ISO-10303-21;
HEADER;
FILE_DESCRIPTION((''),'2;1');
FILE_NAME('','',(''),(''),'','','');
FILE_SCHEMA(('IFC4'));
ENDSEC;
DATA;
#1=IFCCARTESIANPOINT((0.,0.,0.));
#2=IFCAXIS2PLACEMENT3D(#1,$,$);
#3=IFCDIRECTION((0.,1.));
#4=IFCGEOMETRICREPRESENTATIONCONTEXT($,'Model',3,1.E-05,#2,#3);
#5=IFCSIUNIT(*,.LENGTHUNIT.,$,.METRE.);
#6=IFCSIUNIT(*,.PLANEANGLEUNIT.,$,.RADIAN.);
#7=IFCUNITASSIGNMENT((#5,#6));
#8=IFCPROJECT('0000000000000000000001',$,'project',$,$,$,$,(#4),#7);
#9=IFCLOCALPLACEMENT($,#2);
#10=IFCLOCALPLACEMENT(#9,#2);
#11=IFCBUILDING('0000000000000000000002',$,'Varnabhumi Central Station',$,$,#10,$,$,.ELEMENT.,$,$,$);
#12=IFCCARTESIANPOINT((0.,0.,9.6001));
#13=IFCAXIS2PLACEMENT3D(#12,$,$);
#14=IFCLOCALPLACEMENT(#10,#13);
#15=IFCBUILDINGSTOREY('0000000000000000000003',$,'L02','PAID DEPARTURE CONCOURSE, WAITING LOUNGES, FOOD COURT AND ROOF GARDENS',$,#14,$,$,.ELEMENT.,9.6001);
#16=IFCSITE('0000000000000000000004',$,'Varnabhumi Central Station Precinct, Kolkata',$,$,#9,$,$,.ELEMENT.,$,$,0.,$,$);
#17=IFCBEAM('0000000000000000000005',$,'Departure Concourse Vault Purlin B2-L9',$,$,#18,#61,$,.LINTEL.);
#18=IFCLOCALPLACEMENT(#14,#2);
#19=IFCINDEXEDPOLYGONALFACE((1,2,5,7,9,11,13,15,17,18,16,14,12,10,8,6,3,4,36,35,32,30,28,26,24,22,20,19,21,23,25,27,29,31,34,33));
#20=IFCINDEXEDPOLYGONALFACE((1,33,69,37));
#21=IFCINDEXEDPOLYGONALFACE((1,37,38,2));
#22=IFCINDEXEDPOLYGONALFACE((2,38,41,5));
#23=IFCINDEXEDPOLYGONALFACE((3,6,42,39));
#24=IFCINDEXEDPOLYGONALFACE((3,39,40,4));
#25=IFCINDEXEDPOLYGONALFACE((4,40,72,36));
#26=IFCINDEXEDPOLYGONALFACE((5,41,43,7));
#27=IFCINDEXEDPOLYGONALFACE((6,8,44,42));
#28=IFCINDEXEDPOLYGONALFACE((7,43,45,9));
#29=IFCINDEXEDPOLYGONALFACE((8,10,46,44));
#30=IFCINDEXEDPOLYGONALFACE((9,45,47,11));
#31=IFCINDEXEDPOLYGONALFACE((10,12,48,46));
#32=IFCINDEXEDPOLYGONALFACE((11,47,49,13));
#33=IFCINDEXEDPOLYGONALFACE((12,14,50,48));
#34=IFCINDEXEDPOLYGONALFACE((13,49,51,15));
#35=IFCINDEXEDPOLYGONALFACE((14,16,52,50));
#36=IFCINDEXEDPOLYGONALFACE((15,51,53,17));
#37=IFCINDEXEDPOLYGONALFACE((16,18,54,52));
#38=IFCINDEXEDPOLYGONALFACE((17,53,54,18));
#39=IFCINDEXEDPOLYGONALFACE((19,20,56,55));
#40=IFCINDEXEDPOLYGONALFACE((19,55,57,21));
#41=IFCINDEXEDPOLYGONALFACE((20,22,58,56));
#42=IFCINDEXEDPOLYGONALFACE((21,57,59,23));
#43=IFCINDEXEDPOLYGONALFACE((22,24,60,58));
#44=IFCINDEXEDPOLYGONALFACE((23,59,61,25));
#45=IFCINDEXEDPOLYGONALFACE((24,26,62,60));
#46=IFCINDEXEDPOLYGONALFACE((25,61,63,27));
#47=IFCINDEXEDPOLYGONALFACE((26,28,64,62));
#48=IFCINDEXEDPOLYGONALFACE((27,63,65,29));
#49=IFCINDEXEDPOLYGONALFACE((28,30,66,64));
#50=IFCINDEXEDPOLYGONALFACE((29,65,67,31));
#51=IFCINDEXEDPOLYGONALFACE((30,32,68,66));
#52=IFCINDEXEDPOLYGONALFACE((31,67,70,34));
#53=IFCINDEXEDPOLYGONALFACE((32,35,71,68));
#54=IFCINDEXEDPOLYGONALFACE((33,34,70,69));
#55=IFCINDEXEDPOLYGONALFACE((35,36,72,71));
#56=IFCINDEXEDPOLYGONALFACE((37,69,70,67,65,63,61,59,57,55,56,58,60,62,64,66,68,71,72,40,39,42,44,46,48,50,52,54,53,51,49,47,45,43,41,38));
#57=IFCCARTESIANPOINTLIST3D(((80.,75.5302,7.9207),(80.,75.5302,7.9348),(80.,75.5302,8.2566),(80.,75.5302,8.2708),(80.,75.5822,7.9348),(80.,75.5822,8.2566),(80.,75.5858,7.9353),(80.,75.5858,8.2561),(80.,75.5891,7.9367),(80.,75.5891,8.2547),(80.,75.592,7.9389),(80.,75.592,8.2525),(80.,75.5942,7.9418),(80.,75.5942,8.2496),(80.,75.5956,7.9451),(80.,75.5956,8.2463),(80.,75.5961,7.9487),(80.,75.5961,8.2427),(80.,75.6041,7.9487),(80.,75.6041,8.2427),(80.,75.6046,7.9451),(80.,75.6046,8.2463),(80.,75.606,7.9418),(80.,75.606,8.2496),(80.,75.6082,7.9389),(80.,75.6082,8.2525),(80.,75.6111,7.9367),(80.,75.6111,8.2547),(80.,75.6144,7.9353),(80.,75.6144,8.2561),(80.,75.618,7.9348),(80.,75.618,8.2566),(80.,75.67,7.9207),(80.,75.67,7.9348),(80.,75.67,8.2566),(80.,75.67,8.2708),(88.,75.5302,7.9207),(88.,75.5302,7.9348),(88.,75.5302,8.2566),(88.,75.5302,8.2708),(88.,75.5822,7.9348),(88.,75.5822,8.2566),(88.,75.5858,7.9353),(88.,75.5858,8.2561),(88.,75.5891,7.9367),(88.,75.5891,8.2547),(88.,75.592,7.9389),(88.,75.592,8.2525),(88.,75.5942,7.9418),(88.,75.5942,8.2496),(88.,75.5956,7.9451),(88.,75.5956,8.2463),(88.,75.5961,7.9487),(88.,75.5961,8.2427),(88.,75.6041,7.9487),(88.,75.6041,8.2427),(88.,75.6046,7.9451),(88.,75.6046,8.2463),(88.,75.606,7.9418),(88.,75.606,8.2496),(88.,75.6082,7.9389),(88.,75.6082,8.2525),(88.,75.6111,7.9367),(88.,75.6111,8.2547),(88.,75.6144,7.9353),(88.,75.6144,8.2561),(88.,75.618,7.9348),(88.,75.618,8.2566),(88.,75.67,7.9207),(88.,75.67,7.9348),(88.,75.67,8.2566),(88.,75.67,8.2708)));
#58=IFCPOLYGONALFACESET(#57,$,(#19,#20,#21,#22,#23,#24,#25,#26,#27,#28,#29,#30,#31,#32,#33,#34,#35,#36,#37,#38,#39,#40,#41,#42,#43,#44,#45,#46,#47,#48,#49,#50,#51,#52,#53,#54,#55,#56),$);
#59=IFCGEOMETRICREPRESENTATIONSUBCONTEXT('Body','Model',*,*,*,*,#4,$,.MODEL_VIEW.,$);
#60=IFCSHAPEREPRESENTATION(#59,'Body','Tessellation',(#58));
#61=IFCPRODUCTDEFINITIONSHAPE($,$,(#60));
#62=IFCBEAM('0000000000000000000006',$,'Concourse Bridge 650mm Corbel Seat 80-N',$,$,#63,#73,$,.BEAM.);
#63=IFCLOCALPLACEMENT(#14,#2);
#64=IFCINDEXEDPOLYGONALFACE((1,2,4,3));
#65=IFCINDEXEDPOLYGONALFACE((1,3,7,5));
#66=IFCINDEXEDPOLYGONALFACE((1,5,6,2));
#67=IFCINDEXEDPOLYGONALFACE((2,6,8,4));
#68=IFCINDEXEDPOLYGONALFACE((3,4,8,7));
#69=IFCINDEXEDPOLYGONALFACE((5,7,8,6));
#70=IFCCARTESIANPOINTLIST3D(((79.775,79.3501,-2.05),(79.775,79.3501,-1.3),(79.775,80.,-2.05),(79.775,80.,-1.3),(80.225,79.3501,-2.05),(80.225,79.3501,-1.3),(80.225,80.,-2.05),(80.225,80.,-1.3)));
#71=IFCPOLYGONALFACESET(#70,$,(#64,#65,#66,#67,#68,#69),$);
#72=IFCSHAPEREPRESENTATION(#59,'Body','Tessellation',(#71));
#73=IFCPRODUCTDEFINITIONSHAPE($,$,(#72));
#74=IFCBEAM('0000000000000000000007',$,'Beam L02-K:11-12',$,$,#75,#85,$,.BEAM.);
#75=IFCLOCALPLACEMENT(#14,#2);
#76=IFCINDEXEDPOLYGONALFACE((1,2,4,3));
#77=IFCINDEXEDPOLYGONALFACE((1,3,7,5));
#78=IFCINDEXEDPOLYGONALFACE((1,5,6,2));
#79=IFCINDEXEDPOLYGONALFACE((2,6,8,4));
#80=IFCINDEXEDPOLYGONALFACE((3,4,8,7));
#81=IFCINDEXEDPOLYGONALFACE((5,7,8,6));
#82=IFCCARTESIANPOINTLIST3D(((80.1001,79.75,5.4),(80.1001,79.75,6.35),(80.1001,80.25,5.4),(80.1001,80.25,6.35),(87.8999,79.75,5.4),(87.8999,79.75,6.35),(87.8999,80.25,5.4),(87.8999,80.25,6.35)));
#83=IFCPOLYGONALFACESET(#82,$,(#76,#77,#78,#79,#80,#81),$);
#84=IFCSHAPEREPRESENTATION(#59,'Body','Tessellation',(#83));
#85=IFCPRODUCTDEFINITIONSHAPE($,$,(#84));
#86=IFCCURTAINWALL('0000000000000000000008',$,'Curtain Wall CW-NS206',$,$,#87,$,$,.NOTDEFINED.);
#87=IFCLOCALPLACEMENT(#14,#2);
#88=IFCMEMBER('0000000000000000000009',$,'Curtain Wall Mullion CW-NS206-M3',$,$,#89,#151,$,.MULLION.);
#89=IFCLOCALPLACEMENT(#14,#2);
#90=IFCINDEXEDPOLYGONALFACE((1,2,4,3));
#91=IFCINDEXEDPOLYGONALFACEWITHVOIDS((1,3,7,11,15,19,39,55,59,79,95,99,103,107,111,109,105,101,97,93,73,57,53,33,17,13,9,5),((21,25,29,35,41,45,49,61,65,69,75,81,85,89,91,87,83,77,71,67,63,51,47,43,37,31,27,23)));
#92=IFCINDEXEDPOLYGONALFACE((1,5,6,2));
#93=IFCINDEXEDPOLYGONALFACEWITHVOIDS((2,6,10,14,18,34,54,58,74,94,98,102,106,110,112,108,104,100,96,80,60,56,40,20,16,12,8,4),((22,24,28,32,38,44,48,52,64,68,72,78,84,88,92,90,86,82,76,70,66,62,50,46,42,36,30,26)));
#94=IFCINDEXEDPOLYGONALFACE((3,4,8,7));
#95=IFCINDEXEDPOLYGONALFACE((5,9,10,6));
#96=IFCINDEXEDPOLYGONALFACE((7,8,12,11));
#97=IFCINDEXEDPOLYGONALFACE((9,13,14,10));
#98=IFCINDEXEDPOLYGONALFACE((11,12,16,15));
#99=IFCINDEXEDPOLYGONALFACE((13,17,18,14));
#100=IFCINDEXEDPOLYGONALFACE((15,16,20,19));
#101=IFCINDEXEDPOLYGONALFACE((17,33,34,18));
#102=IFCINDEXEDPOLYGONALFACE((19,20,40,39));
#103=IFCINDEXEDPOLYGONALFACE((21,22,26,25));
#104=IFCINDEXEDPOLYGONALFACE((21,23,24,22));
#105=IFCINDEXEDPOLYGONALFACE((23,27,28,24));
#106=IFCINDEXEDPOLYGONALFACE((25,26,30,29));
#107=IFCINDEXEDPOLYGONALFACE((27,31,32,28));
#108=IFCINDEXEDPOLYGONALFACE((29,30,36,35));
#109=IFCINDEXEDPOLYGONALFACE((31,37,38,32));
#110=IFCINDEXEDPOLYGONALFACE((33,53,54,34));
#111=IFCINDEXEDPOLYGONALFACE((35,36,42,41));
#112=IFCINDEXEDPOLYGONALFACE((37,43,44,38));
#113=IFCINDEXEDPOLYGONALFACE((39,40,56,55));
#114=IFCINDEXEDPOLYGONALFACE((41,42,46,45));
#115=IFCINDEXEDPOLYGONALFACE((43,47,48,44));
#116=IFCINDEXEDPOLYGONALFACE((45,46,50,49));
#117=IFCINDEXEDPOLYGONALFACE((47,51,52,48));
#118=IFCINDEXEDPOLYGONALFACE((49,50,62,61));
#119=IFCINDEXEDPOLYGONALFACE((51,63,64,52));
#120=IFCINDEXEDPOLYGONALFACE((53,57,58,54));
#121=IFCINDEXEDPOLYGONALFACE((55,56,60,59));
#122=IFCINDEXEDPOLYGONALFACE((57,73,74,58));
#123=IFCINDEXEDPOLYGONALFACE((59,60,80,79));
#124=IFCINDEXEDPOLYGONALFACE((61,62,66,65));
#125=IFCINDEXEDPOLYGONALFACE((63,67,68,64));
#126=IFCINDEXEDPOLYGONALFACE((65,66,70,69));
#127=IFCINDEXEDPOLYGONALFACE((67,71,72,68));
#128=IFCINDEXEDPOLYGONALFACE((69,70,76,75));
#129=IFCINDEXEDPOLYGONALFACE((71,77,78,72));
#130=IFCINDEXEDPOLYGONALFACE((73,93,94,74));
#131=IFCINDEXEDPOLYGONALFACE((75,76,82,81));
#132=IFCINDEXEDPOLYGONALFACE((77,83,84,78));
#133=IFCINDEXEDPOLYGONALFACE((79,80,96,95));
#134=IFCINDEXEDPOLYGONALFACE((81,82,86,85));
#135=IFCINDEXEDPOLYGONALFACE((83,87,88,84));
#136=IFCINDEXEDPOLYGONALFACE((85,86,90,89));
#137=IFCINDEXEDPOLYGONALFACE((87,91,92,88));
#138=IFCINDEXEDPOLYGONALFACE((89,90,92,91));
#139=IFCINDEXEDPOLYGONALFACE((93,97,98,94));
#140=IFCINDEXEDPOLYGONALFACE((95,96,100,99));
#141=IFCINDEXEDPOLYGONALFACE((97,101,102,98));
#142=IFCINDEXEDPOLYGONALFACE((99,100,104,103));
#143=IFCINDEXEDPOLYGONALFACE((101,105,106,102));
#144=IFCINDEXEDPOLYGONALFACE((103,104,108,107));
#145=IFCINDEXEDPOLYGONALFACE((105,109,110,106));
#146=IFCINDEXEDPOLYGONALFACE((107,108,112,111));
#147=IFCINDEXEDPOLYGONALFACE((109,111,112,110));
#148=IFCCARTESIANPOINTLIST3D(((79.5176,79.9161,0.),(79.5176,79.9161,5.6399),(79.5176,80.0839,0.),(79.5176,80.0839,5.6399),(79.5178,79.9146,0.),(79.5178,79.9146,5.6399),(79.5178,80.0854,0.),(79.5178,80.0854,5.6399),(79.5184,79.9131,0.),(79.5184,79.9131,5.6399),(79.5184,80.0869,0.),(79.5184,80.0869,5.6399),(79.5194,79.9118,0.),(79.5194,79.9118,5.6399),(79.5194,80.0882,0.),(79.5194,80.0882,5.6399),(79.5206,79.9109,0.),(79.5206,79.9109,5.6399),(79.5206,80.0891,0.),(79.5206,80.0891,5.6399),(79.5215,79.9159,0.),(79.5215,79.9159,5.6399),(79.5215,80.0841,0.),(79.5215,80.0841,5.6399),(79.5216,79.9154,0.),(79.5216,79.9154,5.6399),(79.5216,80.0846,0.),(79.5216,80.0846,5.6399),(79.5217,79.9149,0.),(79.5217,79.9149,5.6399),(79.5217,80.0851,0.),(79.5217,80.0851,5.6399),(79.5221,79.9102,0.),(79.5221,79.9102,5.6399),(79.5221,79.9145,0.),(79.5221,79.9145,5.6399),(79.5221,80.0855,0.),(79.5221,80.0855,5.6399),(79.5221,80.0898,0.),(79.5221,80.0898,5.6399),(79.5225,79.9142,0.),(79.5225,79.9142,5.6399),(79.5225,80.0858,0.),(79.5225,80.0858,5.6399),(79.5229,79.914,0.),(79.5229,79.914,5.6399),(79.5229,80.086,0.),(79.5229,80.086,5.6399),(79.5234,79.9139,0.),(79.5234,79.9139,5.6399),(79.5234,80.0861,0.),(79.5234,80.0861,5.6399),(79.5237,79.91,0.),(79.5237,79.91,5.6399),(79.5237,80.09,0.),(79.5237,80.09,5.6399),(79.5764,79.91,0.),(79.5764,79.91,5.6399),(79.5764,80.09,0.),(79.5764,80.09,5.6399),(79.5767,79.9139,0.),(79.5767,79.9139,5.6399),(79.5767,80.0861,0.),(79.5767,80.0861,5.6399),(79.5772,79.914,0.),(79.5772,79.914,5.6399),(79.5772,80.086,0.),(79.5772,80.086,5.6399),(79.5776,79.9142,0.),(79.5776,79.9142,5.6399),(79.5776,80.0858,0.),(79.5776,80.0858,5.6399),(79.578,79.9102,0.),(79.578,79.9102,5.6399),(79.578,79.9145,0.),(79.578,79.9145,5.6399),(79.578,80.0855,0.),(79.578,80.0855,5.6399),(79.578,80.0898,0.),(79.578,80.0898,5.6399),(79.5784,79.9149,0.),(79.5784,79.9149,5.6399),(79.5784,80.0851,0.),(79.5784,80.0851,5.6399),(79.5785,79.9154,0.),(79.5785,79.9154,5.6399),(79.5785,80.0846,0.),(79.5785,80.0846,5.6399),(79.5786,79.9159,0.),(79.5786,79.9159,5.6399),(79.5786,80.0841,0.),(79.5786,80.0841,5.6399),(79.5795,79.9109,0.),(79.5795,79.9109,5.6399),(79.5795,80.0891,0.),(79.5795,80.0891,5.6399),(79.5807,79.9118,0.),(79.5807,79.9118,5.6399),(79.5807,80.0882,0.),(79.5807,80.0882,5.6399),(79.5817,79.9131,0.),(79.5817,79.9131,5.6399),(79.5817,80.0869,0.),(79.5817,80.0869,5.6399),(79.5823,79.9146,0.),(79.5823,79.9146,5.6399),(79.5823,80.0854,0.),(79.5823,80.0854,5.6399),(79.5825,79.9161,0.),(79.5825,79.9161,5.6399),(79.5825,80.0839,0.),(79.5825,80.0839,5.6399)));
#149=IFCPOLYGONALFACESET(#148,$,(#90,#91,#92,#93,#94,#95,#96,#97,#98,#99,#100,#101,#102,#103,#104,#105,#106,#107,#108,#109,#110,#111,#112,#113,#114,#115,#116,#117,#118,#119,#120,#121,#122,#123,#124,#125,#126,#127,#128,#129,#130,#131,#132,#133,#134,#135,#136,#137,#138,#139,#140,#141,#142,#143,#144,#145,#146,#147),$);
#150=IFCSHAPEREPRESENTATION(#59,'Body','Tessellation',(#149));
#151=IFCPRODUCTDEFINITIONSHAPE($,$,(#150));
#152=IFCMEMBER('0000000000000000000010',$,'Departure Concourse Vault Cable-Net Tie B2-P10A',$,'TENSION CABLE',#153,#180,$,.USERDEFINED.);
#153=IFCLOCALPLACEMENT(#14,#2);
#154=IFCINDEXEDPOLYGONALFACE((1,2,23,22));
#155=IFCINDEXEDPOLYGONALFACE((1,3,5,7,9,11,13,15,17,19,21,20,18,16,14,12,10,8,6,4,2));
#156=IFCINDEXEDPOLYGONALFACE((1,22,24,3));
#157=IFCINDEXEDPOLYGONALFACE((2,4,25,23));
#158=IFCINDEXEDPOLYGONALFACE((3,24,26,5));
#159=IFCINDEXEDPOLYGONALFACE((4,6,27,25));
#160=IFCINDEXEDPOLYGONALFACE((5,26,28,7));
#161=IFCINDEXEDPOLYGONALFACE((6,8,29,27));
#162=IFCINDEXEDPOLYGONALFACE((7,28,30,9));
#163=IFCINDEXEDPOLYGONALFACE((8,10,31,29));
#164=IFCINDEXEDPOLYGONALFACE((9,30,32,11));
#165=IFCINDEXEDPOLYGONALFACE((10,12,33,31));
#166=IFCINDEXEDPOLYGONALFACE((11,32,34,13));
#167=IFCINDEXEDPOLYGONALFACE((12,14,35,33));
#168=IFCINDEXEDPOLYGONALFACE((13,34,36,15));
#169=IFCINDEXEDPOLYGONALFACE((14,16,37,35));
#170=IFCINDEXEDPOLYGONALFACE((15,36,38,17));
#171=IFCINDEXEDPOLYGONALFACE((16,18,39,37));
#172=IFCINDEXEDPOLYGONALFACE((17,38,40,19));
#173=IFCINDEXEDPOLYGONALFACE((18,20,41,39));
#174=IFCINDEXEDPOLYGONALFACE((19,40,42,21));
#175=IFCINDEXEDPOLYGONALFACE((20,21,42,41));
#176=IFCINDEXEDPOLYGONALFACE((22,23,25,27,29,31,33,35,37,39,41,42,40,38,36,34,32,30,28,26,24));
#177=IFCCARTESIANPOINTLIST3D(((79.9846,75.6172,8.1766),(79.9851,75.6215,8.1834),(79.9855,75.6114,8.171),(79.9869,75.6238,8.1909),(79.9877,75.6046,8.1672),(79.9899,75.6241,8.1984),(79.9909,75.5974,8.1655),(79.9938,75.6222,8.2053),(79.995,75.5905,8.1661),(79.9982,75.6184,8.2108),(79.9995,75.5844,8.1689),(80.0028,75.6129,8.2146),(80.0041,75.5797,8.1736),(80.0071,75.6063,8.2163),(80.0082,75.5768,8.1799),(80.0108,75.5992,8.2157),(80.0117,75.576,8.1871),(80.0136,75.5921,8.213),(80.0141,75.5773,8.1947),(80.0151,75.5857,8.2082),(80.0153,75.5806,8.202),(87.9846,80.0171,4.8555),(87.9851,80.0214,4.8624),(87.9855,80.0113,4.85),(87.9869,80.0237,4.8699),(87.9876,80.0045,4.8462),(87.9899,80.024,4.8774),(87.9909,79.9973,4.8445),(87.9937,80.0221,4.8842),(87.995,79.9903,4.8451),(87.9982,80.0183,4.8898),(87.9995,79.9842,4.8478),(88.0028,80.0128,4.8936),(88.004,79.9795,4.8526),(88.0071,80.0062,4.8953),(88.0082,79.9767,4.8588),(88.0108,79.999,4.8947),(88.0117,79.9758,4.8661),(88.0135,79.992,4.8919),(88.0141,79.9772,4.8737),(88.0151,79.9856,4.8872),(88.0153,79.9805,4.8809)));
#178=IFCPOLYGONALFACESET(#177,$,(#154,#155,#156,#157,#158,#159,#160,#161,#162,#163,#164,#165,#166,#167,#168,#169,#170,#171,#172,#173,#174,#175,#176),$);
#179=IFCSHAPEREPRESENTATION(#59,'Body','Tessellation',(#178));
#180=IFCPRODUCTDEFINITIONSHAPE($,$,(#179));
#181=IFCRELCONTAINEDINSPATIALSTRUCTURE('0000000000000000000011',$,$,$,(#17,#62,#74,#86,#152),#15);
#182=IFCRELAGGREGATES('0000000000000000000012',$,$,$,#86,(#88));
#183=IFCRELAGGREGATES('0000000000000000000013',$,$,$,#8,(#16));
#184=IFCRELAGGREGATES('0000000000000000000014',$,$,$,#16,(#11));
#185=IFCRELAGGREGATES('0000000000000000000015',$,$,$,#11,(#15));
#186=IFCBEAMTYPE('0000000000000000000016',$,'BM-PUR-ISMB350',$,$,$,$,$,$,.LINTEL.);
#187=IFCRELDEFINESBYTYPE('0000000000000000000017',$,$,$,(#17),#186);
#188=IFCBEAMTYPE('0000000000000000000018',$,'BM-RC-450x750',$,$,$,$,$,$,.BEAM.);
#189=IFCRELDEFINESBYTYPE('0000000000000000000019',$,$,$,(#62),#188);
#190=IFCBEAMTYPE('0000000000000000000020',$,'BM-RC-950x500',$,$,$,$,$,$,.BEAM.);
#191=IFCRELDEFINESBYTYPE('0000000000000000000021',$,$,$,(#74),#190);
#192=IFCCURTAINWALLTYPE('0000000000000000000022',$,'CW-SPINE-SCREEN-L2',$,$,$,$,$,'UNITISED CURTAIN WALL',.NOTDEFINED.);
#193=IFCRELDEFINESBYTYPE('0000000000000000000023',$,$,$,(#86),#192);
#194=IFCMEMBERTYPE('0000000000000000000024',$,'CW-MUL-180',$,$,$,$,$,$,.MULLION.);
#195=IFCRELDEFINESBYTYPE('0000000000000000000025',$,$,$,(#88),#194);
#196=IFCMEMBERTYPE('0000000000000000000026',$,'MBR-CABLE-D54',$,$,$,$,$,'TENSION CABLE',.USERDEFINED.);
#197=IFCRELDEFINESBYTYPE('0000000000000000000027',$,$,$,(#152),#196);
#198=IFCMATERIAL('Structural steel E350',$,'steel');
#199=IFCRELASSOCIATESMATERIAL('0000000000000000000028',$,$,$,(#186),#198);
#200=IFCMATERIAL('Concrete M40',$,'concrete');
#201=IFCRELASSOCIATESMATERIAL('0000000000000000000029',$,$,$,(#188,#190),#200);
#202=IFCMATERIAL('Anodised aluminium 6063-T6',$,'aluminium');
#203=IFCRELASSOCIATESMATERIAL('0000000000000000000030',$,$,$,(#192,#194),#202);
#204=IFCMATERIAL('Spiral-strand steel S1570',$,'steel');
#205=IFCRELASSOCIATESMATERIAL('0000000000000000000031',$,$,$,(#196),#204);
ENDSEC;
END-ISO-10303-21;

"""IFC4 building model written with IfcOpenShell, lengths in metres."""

from ifc_helpers import new_model, si_unit, direction, frame, origin, origin_2d, place, context, subcontext, project, spatial, rectangle, hollow_rectangle, circle, i_section, extrude, material, material_profile, profile_set, type_object, element, aggregate, save


model = new_model("IFC4")

# Units and contexts
model_context = context("Model", 3, precision=1e-05, world=origin(), true_north=direction((0.0, 1.0)))
body_context = subcontext(model_context, "Body", "Model", "MODEL_VIEW")
ifc_project = project(units=[si_unit("LENGTHUNIT", "METRE"), si_unit("PLANEANGLEUNIT", "RADIAN")], contexts=[model_context])

# Site, building, storey
site_placement = place(None, origin())
site = spatial("IfcSite", under=ifc_project, at=site_placement, Name="Varnabhumi Central Station Precinct, Kolkata", CompositionType="ELEMENT", RefElevation=0.0)
building_placement = place(site_placement, origin())
building = spatial("IfcBuilding", under=site, at=building_placement, Name="Varnabhumi Central Station", CompositionType="ELEMENT")
storey_placement = place(building_placement, frame((0.0, 0.0, 9.6001)))
storey = spatial("IfcBuildingStorey", under=building, at=storey_placement, Name="L02", Description="PAID DEPARTURE CONCOURSE, WAITING LOUNGES, FOOD COURT AND ROOF GARDENS", CompositionType="ELEMENT", Elevation=9.6001)

# Beams
ifc_material_1 = material(Name="Structural steel E350", Category="steel")
ifc_material_profile_1 = material_profile(ifc_material_1, i_section(OverallWidth=0.1399, OverallDepth=0.3501, WebThickness=0.0081, FlangeThickness=0.0142, FilletRadius=0.0139, at=origin_2d()), Name="Structural steel E350", Category="steel")
ifc_profile_set_1 = profile_set([ifc_material_profile_1], Name="Structural steel E350")
beam_type_1 = type_object("IfcBeamType", Name="BM-PUR-ISMB350", PredefinedType="LINTEL", material=ifc_profile_set_1)
beam_1_placement = place(storey_placement, frame((80.0, 75.6001, 8.0957), z_axis=(1.0, 0.0, 0.0), x_axis=(0.0, 1.0, 0.0)))
element("IfcBeam", 1, at=beam_1_placement, inside=storey, type_object=beam_type_1, Name="Departure Concourse Vault Purlin B2-L9", PredefinedType="LINTEL", context=body_context, shape_type="SweptSolid", body=[
    extrude(i_section(OverallWidth=0.1399, OverallDepth=0.3501, WebThickness=0.0081, FlangeThickness=0.0142, FilletRadius=0.0139, at=origin_2d()), origin(), (0.0, 0.0, 1.0), 8.0),
])
ifc_material_2 = material(Name="Concrete M40", Category="concrete")
ifc_material_profile_2 = material_profile(ifc_material_2, rectangle(XDim=0.45, YDim=0.75, at=origin_2d()), Name="Concrete M40", Category="concrete")
ifc_profile_set_2 = profile_set([ifc_material_profile_2], Name="Concrete M40")
beam_type_2 = type_object("IfcBeamType", Name="BM-RC-450x750", PredefinedType="BEAM", material=ifc_profile_set_2)
beam_2_placement = place(storey_placement, frame((80.0, 80.0, -1.675), z_axis=(0.0, -1.0, 0.0), x_axis=(1.0, 0.0, 0.0)))
element("IfcBeam", 2, at=beam_2_placement, inside=storey, type_object=beam_type_2, Name="Concourse Bridge 650mm Corbel Seat 80-N", PredefinedType="BEAM", context=body_context, shape_type="SweptSolid", body=[
    extrude(rectangle(XDim=0.45, YDim=0.75, at=origin_2d()), origin(), (0.0, 0.0, 1.0), 0.6499),
])
ifc_material_profile_3 = material_profile(ifc_material_2, rectangle(XDim=0.5, YDim=0.95, at=origin_2d()), Name="Concrete M40", Category="concrete")
ifc_profile_set_3 = profile_set([ifc_material_profile_3], Name="Concrete M40")
beam_type_3 = type_object("IfcBeamType", Name="BM-RC-950x500", PredefinedType="BEAM", material=ifc_profile_set_3)
beam_3_placement = place(storey_placement, frame((80.1001, 80.0, 5.875), z_axis=(1.0, 0.0, 0.0), x_axis=(0.0, 1.0, 0.0)))
element("IfcBeam", 3, at=beam_3_placement, inside=storey, type_object=beam_type_3, Name="Beam L02-K:11-12", PredefinedType="BEAM", context=body_context, shape_type="SweptSolid", body=[
    extrude(rectangle(XDim=0.5, YDim=0.95, at=origin_2d()), origin(), (0.0, 0.0, 1.0), 7.7998),
])

# Curtain wall, member
ifc_material_3 = material(Name="Anodised aluminium 6063-T6", Category="aluminium")
curtain_wall_type = type_object("IfcCurtainWallType", Name="CW-SPINE-SCREEN-L2", ElementType="UNITISED CURTAIN WALL", PredefinedType="NOTDEFINED", material=ifc_material_3)
curtain_wall_placement = place(storey_placement, origin())
curtain_wall = element("IfcCurtainWall", 4, at=curtain_wall_placement, inside=storey, type_object=curtain_wall_type, Name="Curtain Wall CW-NS206", PredefinedType="NOTDEFINED")
ifc_material_profile_4 = material_profile(ifc_material_3, hollow_rectangle(XDim=0.0649, YDim=0.1799, WallThickness=0.0039, InnerFilletRadius=0.002, OuterFilletRadius=0.0061, at=origin_2d()), Name="Anodised aluminium 6063-T6", Category="aluminium")
ifc_profile_set_4 = profile_set([ifc_material_profile_4], Name="Anodised aluminium 6063-T6")
member_type_1 = type_object("IfcMemberType", Name="CW-MUL-180", PredefinedType="MULLION", material=ifc_profile_set_4)
member_1_placement = place(storey_placement, frame((79.55, 80.0, 0.0), z_axis=(0.0, 0.0, 1.0), x_axis=(1.0, 0.0, 0.0)))
member_1 = element("IfcMember", 5, at=member_1_placement, type_object=member_type_1, Name="Curtain Wall Mullion CW-NS206-M3", PredefinedType="MULLION", context=body_context, shape_type="SweptSolid", body=[
    extrude(hollow_rectangle(XDim=0.0649, YDim=0.1799, WallThickness=0.0039, InnerFilletRadius=0.002, OuterFilletRadius=0.0061, at=origin_2d()), origin(), (0.0, 0.0, 1.0), 5.6399),
])

# Member
ifc_material_4 = material(Name="Spiral-strand steel S1570", Category="steel")
ifc_material_profile_5 = material_profile(ifc_material_4, circle(Radius=0.0271, at=origin_2d()), Name="Spiral-strand steel S1570", Category="steel")
ifc_profile_set_5 = profile_set([ifc_material_profile_5], Name="Spiral-strand steel S1570")
member_type_2 = type_object("IfcMemberType", Name="MBR-CABLE-D54", ElementType="TENSION CABLE", PredefinedType="USERDEFINED", material=ifc_profile_set_5)
member_2_placement = place(storey_placement, frame((80.0, 75.6001, 8.1909), z_axis=(0.823437, 0.45288, -0.341834), x_axis=(-0.481911, 0.87622, 0.0)))
element("IfcMember", 6, at=member_2_placement, inside=storey, type_object=member_type_2, Name="Departure Concourse Vault Cable-Net Tie B2-P10A", ObjectType="TENSION CABLE", PredefinedType="USERDEFINED", context=body_context, shape_type="SweptSolid", body=[
    extrude(circle(Radius=0.0271, at=origin_2d()), origin(), (0.0, 0.0, 1.0), 9.7153),
])

aggregate(curtain_wall, [member_1])

save(model, "model.ifc")
